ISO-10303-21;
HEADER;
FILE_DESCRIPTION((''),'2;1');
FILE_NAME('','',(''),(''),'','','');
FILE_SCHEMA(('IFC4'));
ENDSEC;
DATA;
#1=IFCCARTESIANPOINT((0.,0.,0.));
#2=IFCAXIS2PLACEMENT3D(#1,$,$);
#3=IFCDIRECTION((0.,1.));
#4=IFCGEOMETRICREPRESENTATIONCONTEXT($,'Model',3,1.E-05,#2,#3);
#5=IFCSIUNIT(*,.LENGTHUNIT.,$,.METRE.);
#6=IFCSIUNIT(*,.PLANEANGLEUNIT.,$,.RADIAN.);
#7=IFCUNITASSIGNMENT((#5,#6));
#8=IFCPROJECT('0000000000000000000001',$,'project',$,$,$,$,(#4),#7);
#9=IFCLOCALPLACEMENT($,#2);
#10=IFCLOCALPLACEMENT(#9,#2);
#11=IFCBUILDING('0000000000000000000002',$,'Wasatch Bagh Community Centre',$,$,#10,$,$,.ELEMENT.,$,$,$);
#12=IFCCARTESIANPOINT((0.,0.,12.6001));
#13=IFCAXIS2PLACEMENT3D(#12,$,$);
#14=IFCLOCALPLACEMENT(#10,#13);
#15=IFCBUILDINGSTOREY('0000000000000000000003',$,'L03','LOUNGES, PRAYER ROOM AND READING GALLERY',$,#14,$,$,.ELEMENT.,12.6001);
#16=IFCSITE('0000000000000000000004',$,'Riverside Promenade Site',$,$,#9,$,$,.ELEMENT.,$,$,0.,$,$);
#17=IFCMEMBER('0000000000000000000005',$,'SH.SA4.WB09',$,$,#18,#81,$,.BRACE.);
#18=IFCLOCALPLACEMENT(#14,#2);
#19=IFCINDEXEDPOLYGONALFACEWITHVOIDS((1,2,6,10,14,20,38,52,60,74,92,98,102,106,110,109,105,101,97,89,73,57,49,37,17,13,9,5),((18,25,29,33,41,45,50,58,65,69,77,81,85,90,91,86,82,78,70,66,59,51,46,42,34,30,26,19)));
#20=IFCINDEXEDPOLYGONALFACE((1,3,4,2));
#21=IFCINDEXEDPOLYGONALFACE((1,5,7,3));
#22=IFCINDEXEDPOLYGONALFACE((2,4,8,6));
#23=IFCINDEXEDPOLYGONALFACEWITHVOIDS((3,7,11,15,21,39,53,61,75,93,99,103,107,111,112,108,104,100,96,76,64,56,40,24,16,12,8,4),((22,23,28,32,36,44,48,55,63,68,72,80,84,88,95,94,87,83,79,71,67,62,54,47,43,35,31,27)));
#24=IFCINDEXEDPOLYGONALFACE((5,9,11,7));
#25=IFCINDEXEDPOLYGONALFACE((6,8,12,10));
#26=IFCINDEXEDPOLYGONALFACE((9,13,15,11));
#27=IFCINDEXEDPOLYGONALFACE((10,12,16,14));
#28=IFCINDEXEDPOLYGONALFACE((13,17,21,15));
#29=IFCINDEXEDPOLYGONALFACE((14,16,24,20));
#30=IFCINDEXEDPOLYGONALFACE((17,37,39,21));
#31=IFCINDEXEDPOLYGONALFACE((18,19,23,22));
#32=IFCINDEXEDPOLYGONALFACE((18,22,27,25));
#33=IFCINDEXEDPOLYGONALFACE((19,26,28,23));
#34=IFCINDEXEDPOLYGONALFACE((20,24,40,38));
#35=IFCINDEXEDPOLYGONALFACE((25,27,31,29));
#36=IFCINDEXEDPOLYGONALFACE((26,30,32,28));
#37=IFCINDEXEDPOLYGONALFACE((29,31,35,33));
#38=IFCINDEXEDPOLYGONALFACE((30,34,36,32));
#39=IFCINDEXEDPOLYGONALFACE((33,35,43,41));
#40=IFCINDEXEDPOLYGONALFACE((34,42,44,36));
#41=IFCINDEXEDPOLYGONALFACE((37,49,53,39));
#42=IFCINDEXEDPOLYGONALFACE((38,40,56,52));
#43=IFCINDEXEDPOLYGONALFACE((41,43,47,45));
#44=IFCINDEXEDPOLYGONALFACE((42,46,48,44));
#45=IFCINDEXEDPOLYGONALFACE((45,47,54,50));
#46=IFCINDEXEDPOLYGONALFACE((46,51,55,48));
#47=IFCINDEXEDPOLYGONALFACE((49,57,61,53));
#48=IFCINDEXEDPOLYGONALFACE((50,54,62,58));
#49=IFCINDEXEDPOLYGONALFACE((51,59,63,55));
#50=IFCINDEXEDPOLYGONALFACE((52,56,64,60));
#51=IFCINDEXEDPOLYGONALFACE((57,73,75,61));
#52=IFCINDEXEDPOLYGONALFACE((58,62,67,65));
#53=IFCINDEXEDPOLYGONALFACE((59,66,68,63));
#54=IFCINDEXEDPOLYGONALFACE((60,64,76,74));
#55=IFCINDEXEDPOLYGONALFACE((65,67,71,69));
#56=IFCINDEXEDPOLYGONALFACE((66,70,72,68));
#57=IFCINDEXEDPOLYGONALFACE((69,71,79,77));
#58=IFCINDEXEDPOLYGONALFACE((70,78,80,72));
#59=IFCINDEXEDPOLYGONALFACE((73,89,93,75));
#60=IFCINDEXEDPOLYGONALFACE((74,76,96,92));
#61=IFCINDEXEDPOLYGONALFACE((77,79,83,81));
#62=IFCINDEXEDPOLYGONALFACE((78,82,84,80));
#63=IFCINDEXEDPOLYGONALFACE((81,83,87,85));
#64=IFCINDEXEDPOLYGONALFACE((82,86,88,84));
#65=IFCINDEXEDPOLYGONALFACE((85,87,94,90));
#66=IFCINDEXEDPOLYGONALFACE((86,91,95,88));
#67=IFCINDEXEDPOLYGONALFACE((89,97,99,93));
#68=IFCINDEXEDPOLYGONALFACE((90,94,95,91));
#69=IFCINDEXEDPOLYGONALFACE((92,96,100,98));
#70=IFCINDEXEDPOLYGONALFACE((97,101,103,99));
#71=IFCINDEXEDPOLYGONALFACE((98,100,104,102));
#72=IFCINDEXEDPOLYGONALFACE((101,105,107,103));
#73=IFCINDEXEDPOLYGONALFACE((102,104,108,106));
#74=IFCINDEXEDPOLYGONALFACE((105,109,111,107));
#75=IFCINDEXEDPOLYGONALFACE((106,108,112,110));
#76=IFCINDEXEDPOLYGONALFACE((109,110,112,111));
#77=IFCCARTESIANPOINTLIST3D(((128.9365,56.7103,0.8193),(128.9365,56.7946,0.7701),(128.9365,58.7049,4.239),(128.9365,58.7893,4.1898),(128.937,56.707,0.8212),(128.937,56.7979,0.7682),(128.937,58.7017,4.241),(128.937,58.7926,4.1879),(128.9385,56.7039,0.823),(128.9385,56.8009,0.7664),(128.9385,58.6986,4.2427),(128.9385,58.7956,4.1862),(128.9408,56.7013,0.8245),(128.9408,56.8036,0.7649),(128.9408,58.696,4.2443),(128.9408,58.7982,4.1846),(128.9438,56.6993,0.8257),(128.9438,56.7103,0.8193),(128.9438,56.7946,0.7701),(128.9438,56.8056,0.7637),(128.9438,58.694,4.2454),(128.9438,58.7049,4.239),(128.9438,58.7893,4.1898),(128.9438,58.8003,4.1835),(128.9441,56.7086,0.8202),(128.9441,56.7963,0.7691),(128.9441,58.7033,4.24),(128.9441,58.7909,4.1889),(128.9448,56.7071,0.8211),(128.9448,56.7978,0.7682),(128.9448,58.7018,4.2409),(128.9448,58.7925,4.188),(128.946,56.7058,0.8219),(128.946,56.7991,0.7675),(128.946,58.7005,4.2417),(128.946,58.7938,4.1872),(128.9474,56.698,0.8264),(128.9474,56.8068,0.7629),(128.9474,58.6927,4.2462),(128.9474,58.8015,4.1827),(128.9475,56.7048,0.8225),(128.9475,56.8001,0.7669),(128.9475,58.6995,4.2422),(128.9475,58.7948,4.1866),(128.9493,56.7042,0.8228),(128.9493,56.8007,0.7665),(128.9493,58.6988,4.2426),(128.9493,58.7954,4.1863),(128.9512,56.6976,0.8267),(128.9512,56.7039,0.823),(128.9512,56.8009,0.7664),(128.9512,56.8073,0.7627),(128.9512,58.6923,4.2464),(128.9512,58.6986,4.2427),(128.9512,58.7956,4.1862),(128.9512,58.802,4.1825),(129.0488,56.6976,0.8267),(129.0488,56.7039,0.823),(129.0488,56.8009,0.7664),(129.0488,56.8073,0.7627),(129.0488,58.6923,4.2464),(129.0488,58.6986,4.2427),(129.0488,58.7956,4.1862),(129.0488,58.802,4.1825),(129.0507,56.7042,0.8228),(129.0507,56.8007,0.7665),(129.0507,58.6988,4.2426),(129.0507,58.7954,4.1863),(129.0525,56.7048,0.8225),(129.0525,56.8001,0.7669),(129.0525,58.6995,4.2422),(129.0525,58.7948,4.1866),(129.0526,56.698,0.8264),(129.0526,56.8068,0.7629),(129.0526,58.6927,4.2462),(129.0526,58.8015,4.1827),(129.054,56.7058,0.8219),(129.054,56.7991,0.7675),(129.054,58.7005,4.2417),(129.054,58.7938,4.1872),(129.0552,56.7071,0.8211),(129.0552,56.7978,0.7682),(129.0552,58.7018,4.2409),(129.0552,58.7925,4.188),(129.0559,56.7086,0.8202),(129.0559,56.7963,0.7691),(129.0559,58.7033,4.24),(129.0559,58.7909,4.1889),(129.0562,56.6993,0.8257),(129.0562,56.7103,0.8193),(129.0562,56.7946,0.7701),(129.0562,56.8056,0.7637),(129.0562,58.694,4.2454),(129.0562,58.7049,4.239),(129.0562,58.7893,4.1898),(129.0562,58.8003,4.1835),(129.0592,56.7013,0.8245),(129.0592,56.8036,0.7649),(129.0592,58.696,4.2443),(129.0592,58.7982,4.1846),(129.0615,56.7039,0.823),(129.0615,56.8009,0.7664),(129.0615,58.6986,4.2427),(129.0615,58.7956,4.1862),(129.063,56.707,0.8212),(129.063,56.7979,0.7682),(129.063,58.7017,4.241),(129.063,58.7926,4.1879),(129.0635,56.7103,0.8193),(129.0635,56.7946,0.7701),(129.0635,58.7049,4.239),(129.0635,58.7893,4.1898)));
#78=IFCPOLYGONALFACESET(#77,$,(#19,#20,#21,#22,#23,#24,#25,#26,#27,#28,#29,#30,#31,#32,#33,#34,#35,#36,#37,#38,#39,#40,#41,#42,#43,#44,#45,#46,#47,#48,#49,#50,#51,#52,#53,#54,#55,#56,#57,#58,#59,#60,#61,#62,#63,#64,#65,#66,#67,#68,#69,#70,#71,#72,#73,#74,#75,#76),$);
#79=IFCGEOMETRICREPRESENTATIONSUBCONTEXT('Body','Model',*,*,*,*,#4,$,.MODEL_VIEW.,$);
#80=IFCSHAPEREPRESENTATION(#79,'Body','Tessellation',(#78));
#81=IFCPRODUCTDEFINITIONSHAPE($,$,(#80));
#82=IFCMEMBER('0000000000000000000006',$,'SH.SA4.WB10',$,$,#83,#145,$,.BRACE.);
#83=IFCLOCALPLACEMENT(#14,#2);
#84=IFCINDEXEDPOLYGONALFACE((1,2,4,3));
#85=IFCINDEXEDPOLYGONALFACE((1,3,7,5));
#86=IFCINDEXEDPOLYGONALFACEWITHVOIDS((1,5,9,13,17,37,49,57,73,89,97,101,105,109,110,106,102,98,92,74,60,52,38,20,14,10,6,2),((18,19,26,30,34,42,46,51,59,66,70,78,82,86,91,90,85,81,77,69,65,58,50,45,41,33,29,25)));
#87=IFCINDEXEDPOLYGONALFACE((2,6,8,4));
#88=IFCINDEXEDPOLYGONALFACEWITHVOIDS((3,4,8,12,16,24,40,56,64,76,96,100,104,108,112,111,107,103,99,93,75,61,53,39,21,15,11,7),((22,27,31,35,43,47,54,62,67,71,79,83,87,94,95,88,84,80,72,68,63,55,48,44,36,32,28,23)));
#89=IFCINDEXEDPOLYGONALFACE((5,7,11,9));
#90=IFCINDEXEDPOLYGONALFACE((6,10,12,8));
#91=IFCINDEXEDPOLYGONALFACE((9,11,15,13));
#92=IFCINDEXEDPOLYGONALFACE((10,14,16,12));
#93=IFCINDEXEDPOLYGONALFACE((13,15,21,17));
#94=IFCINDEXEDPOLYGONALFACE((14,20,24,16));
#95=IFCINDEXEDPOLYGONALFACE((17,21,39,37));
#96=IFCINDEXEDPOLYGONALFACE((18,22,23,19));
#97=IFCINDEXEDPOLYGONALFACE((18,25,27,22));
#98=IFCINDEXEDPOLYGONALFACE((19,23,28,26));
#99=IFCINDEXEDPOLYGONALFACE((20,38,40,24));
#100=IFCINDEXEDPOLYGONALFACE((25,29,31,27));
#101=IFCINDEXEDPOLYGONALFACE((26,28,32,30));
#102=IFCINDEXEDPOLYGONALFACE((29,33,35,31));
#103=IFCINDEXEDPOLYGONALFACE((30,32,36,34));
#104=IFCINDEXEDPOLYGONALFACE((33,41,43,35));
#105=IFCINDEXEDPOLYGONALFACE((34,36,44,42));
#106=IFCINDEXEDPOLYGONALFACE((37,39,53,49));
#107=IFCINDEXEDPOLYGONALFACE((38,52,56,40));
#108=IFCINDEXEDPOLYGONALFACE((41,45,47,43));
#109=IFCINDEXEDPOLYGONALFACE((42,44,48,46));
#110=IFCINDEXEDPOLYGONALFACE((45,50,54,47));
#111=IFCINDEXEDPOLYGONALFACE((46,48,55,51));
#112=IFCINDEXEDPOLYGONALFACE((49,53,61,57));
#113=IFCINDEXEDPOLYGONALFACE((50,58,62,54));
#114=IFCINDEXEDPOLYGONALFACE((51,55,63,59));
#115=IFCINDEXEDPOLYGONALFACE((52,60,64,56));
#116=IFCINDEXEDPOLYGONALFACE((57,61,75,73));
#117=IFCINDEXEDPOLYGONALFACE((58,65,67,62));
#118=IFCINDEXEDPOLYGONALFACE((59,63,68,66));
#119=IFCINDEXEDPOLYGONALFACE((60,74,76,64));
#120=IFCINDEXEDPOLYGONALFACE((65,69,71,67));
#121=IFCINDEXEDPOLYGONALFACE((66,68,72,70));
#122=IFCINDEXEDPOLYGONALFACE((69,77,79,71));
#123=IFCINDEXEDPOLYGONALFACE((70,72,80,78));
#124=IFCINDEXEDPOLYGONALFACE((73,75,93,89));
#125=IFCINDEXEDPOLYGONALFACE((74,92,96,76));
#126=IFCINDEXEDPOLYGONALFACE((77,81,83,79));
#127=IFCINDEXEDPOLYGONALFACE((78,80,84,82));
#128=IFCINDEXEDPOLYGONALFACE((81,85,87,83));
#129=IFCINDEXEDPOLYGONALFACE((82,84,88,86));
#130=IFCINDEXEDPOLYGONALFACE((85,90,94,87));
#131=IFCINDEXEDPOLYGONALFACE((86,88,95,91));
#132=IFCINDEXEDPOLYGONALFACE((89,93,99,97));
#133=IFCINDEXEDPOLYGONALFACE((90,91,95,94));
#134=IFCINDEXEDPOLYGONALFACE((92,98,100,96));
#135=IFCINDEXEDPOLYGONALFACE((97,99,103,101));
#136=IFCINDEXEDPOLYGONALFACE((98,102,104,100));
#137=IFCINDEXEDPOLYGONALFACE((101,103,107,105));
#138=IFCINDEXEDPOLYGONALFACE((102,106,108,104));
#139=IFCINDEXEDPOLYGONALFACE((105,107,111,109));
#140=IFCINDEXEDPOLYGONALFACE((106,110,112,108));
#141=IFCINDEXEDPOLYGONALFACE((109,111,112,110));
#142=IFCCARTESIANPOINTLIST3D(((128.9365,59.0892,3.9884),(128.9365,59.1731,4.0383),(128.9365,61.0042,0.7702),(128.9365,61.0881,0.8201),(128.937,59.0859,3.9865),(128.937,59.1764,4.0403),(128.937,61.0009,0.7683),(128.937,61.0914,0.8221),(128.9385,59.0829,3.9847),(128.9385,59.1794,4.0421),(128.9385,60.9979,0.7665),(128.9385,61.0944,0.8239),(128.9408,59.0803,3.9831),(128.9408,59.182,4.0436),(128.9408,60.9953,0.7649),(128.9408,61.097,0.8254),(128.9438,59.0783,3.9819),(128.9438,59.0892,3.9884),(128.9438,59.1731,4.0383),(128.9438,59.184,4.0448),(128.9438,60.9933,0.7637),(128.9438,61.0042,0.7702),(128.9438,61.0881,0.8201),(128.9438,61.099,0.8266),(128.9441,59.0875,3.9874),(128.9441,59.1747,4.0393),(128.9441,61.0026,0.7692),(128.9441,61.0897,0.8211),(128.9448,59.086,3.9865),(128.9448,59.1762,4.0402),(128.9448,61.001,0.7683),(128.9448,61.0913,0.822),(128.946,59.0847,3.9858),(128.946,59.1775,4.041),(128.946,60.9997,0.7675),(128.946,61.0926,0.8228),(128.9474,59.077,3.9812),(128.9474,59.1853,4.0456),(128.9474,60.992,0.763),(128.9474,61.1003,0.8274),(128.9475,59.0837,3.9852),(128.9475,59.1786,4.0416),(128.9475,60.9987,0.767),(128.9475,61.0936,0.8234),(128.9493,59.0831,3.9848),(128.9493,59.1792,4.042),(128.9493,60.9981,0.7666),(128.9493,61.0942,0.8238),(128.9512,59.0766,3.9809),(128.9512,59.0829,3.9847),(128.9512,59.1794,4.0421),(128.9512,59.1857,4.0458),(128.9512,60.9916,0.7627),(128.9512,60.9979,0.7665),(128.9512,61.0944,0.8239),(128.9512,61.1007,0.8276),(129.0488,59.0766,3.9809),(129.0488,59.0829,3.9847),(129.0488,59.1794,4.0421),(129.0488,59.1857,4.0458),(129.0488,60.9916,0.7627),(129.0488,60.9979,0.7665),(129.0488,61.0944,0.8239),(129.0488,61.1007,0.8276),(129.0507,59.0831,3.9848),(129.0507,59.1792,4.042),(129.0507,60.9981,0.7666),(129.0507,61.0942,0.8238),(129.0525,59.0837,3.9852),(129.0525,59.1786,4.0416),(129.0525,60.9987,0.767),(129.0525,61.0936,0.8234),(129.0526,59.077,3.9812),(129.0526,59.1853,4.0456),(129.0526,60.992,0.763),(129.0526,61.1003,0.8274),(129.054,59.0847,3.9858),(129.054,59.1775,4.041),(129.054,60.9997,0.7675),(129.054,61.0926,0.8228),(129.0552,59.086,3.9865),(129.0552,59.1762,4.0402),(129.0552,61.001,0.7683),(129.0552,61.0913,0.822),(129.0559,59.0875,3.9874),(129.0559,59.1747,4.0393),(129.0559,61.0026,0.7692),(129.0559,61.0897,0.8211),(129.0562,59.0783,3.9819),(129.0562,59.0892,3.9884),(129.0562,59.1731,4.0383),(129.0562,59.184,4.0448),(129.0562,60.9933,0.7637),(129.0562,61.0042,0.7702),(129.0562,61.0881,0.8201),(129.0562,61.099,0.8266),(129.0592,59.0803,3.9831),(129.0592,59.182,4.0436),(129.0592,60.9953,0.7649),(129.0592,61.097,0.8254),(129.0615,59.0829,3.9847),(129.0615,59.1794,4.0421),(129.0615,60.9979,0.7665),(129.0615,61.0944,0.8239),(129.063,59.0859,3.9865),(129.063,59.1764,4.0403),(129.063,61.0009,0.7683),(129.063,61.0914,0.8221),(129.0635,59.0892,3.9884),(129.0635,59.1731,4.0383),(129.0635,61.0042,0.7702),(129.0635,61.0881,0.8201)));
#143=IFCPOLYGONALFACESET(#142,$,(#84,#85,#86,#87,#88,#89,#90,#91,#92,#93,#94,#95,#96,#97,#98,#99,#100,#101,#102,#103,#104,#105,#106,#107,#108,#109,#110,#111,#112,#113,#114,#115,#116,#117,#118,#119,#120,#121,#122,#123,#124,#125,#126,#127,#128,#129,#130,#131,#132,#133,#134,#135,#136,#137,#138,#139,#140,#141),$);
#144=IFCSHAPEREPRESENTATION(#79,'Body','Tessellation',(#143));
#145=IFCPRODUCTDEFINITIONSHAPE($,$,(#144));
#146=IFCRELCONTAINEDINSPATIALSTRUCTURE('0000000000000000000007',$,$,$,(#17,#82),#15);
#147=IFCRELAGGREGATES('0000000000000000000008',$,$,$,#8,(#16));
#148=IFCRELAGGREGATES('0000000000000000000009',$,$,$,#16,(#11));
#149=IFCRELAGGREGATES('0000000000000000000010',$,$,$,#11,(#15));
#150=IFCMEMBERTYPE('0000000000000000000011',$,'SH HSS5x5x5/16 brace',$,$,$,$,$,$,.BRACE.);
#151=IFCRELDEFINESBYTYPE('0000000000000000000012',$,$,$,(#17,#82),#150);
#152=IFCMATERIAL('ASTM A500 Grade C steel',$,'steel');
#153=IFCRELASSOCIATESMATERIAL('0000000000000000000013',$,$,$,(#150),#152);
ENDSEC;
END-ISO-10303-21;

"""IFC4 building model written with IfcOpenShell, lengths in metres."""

from ifc_helpers import new_model, si_unit, direction, frame, origin, origin_2d, place, context, subcontext, project, spatial, hollow_rectangle, extrude, material, material_profile, profile_set, type_object, element, save


model = new_model("IFC4")

# Units and contexts
model_context = context("Model", 3, precision=1e-05, world=origin(), true_north=direction((0.0, 1.0)))
body_context = subcontext(model_context, "Body", "Model", "MODEL_VIEW")
ifc_project = project(units=[si_unit("LENGTHUNIT", "METRE"), si_unit("PLANEANGLEUNIT", "RADIAN")], contexts=[model_context])

# Site, building, storey
site_placement = place(None, origin())
site = spatial("IfcSite", under=ifc_project, at=site_placement, Name="Riverside Promenade Site", CompositionType="ELEMENT", RefElevation=0.0)
building_placement = place(site_placement, origin())
building = spatial("IfcBuilding", under=site, at=building_placement, Name="Wasatch Bagh Community Centre", CompositionType="ELEMENT")
storey_placement = place(building_placement, frame((0.0, 0.0, 12.6001)))
storey = spatial("IfcBuildingStorey", under=building, at=storey_placement, Name="L03", Description="LOUNGES, PRAYER ROOM AND READING GALLERY", CompositionType="ELEMENT", Elevation=12.6001)

# Members
ifc_material_1 = material(Name="ASTM A500 Grade C steel", Category="steel")
ifc_material_profile_1 = material_profile(ifc_material_1, hollow_rectangle(XDim=0.127, YDim=0.127, WallThickness=0.0073, InnerFilletRadius=0.0073, OuterFilletRadius=0.0146, at=origin_2d()), Name="HSS5x5x5/16")
ifc_profile_set_1 = profile_set([ifc_material_profile_1], Name="ASTM A500 Grade C steel")
member_type_1 = type_object("IfcMemberType", Name="SH HSS5x5x5/16 brace", PredefinedType="BRACE", material=ifc_profile_set_1)
member_1_placement = place(storey_placement, frame((129.0, 56.7524, 0.7947), z_axis=(0.0, 0.503837, 0.863799), x_axis=(-1.0, 0.0, 0.0)))
element("IfcMember", 1, at=member_1_placement, inside=storey, type_object=member_type_1, Name="SH.SA4.WB09", PredefinedType="BRACE", context=body_context, shape_type="SweptSolid", body=[
    extrude(hollow_rectangle(XDim=0.127, YDim=0.127, WallThickness=0.0073, InnerFilletRadius=0.0073, OuterFilletRadius=0.0146, at=origin_2d()), origin(), (0.0, 0.0, 1.0), 3.959),
])
member_2_placement = place(storey_placement, frame((129.0, 61.0461, 0.7952), z_axis=(0.0, -0.511367, 0.859362), x_axis=(1.0, 0.0, 0.0)))
element("IfcMember", 2, at=member_2_placement, inside=storey, type_object=member_type_1, Name="SH.SA4.WB10", PredefinedType="BRACE", context=body_context, shape_type="SweptSolid", body=[
    extrude(hollow_rectangle(XDim=0.127, YDim=0.127, WallThickness=0.0073, InnerFilletRadius=0.0073, OuterFilletRadius=0.0146, at=origin_2d()), origin(), (0.0, 0.0, 1.0), 3.7449),
])

save(model, "model.ifc")
